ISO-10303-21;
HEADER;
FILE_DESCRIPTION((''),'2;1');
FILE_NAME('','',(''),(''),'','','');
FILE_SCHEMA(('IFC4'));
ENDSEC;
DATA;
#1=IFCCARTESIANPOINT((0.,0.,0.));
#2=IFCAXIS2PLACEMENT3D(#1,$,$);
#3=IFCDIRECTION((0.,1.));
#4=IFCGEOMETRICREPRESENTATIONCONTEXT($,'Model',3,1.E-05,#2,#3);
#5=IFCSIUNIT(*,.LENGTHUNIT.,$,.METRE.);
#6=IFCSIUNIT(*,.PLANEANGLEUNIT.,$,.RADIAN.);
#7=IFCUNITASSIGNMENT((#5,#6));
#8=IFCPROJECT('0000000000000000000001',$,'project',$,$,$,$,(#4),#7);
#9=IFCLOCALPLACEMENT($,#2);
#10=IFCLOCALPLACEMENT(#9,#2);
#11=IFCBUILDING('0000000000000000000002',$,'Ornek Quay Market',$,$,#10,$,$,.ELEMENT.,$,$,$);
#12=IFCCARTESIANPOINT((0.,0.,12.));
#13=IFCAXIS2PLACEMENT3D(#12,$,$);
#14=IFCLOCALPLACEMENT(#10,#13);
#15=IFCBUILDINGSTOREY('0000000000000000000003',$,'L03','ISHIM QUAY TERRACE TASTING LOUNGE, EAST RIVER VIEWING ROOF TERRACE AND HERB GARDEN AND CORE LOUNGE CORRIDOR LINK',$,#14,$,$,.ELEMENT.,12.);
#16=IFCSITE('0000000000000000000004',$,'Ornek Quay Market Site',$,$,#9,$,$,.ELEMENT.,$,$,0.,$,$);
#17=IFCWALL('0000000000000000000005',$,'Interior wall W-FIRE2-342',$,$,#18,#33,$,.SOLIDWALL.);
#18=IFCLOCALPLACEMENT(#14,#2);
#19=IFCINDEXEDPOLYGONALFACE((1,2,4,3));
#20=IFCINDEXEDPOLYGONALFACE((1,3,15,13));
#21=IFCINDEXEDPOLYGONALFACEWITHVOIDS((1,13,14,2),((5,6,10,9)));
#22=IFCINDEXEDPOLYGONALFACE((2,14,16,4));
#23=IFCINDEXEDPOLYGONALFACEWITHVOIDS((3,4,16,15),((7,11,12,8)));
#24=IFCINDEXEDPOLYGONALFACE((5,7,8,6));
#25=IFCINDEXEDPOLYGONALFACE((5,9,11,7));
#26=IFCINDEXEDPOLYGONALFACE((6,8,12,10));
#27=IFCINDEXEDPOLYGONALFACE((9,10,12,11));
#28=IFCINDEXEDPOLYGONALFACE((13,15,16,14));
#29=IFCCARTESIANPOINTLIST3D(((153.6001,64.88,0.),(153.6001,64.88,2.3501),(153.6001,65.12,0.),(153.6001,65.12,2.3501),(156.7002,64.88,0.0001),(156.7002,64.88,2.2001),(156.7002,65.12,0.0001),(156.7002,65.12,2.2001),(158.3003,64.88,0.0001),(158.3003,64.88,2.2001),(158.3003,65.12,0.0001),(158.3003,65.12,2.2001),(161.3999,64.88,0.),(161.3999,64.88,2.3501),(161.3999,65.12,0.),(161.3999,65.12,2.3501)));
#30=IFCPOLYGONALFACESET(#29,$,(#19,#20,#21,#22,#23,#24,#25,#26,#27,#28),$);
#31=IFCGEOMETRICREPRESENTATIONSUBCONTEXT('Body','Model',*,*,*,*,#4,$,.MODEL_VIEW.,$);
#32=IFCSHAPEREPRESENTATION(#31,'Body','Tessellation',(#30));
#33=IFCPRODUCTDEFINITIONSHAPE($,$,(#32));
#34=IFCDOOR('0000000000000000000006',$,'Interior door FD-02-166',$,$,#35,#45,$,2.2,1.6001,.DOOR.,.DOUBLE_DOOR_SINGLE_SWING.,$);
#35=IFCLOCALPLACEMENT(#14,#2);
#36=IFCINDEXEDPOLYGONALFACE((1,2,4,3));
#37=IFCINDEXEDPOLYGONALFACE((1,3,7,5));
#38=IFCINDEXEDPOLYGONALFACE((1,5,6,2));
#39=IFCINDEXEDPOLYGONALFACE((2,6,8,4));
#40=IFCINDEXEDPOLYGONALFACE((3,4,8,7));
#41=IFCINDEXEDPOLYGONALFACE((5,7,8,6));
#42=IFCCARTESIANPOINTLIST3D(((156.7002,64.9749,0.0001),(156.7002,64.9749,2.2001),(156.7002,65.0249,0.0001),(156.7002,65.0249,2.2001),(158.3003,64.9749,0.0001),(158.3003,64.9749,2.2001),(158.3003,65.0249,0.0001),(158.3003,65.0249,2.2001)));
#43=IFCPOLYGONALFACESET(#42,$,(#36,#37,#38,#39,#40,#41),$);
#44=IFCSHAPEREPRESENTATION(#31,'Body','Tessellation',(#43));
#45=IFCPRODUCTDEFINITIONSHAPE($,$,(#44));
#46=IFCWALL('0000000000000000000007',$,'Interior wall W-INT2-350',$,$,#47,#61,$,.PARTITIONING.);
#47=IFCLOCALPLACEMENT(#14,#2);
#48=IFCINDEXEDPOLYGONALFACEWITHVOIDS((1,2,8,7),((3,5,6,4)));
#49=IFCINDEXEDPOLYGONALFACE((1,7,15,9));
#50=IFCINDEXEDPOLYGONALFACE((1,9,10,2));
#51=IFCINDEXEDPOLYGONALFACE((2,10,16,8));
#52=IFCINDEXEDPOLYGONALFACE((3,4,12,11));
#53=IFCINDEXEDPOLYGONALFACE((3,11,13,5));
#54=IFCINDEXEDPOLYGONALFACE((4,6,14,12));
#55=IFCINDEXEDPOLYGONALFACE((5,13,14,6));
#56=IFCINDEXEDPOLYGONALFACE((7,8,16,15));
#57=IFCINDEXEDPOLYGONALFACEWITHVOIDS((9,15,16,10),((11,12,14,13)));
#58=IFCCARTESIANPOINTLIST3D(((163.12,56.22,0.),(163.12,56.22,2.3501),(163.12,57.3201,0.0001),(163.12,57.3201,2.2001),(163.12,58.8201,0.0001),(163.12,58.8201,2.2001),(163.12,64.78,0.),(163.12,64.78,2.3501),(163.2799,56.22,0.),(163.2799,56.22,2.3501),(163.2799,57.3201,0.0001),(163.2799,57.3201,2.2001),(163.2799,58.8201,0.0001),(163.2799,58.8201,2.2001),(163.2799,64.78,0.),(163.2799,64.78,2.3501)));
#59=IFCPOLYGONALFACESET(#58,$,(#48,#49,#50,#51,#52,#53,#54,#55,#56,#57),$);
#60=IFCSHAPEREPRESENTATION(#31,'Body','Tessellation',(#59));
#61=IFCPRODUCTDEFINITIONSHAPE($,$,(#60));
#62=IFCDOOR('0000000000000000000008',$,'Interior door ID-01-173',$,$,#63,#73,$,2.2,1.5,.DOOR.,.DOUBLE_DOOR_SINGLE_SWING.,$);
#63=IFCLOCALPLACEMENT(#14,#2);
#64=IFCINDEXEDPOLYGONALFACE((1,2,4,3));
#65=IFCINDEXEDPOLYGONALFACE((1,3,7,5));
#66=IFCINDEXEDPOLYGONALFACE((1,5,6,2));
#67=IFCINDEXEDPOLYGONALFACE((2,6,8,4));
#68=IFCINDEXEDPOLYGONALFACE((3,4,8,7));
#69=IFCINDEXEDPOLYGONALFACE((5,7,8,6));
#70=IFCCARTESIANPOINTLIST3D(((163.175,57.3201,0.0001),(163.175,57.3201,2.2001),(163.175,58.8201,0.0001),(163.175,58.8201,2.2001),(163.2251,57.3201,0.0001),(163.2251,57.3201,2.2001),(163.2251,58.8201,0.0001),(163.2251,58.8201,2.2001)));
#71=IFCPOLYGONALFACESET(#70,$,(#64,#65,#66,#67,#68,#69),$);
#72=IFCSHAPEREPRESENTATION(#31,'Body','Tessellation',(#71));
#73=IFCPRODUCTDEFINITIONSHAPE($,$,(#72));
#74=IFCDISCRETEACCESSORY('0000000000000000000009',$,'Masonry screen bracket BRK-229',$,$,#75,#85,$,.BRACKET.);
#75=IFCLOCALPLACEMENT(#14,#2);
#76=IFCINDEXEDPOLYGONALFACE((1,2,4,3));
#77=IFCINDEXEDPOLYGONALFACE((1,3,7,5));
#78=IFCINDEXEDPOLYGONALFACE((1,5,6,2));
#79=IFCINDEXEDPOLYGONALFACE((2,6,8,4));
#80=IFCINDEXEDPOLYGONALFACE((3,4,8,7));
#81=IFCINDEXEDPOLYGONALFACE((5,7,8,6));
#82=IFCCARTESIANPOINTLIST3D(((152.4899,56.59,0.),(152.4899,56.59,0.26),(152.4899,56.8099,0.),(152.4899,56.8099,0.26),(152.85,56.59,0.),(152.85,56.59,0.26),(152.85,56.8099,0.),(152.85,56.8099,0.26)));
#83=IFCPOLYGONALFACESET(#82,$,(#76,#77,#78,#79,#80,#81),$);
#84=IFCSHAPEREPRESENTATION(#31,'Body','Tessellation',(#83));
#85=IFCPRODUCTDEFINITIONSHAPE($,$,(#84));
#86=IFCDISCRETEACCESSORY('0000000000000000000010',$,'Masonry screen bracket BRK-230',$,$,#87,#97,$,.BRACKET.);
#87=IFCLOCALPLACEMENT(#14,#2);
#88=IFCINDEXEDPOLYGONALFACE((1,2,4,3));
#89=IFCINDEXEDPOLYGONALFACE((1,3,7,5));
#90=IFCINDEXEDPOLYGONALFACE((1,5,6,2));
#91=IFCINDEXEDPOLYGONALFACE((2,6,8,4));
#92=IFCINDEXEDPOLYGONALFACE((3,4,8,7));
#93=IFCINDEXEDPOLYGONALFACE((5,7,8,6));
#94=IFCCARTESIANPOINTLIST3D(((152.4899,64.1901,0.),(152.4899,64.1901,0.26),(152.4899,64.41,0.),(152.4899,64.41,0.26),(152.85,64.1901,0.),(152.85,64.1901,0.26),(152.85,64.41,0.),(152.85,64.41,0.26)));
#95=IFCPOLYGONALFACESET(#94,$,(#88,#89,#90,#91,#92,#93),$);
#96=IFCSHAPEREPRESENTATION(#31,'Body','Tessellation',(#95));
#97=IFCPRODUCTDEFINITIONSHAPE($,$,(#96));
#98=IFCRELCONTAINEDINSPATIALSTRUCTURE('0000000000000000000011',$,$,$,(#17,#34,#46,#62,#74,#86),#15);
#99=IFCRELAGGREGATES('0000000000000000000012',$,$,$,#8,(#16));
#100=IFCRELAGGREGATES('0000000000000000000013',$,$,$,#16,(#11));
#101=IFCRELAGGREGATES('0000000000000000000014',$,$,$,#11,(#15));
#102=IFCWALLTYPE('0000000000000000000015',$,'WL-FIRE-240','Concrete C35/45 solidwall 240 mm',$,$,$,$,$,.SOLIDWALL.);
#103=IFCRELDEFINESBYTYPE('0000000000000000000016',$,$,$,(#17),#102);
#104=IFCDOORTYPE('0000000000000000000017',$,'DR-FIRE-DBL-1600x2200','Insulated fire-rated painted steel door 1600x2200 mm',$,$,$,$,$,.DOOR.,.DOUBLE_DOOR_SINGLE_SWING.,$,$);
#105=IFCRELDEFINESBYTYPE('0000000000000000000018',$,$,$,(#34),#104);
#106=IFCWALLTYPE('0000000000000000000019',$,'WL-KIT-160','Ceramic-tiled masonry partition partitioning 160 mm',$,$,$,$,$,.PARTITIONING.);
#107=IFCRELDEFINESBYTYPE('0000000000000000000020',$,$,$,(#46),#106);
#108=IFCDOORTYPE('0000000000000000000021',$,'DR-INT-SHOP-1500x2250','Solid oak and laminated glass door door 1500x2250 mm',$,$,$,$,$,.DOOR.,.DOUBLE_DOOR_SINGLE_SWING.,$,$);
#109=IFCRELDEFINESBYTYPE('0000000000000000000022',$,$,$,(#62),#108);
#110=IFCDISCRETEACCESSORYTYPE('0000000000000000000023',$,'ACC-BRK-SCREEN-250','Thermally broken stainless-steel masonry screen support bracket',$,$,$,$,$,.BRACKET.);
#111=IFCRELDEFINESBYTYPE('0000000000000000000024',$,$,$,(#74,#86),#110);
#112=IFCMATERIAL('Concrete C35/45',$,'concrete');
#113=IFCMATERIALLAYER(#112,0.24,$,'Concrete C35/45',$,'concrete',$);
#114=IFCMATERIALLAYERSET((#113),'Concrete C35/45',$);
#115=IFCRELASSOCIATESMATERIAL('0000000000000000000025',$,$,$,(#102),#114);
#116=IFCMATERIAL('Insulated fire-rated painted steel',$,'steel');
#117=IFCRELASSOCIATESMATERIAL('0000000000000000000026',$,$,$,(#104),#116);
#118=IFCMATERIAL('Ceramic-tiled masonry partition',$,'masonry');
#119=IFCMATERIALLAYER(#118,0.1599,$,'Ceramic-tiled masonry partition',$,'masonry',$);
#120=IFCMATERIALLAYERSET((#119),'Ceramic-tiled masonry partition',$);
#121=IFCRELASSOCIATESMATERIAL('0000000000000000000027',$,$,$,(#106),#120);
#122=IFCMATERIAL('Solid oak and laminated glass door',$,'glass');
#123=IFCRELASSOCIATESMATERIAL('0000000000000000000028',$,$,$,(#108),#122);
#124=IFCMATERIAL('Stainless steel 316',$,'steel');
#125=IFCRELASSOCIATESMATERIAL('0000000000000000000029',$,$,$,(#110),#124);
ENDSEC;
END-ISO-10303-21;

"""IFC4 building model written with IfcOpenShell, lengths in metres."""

from ifc_helpers import new_model, si_unit, direction, frame, frame_2d, origin, origin_2d, place, context, subcontext, project, spatial, rectangle, extrude, material, layer, layer_set, type_object, element, fill, save


model = new_model("IFC4")

# Units and contexts
model_context = context("Model", 3, precision=1e-05, world=origin(), true_north=direction((0.0, 1.0)))
body_context = subcontext(model_context, "Body", "Model", "MODEL_VIEW")
ifc_project = project(units=[si_unit("LENGTHUNIT", "METRE"), si_unit("PLANEANGLEUNIT", "RADIAN")], contexts=[model_context])

# Site, building, storey
site_placement = place(None, origin())
site = spatial("IfcSite", under=ifc_project, at=site_placement, Name="Ornek Quay Market Site", CompositionType="ELEMENT", RefElevation=0.0)
building_placement = place(site_placement, origin())
building = spatial("IfcBuilding", under=site, at=building_placement, Name="Ornek Quay Market", CompositionType="ELEMENT")
storey_placement = place(building_placement, frame((0.0, 0.0, 12.0)))
storey = spatial("IfcBuildingStorey", under=building, at=storey_placement, Name="L03", Description="ISHIM QUAY TERRACE TASTING LOUNGE, EAST RIVER VIEWING ROOF TERRACE AND HERB GARDEN AND CORE LOUNGE CORRIDOR LINK", CompositionType="ELEMENT", Elevation=12.0)

# Walls, openings, doors
ifc_material_1 = material(Name="Concrete C35/45", Category="concrete")
ifc_layer_1 = layer(ifc_material_1, 0.24, Name="Concrete C35/45", Category="concrete")
ifc_layer_set_1 = layer_set([ifc_layer_1], Name="Concrete C35/45")
wall_type_1 = type_object("IfcWallType", Name="WL-FIRE-240", Description="Concrete C35/45 solidwall 240 mm", PredefinedType="SOLIDWALL", material=ifc_layer_set_1)
wall_1_placement = place(storey_placement, frame((153.6001, 65.0, 0.0), z_axis=(0.0, 0.0, 1.0), x_axis=(1.0, 0.0, 0.0)))
wall_1 = element("IfcWall", 1, at=wall_1_placement, inside=storey, type_object=wall_type_1, Name="Interior wall W-FIRE2-342", PredefinedType="SOLIDWALL", context=body_context, shape_type="SweptSolid", body=[
    extrude(rectangle(XDim=7.7998, YDim=0.24, at=frame_2d((3.8999, 0.0))), origin(), (0.0, 0.0, 1.0), 2.3501),
])
opening_1_placement = place(wall_1_placement, frame((3.1001, 0.0, 0.0)))
opening_1 = element("IfcOpeningElement", 2, at=opening_1_placement, cuts=wall_1, PredefinedType="OPENING", context=body_context, shape_type="SweptSolid", body=[
    extrude(rectangle(XDim=1.6001, YDim=2.2, at=frame_2d((0.8, 1.1001))), frame((0.0, 0.1299, 0.0), z_axis=(0.0, -1.0, 0.0), x_axis=(1.0, 0.0, 0.0)), (0.0, 0.0, 1.0), 0.26),
])
ifc_material_2 = material(Name="Insulated fire-rated painted steel", Category="steel")
door_type_1 = type_object("IfcDoorType", Name="DR-FIRE-DBL-1600x2200", Description="Insulated fire-rated painted steel door 1600x2200 mm", OperationType="DOUBLE_DOOR_SINGLE_SWING", PredefinedType="DOOR", material=ifc_material_2)
door_1_placement = place(opening_1_placement, origin())
door_1 = element("IfcDoor", 3, at=door_1_placement, inside=storey, type_object=door_type_1, Name="Interior door FD-02-166", OperationType="DOUBLE_DOOR_SINGLE_SWING", OverallHeight=2.2, OverallWidth=1.6001, PredefinedType="DOOR", context=body_context, shape_type="SweptSolid", body=[
    extrude(rectangle(XDim=1.6001, YDim=2.2, at=frame_2d((0.8, 1.1001))), frame((0.0, 0.0249, 0.0), z_axis=(0.0, -1.0, 0.0), x_axis=(1.0, 0.0, 0.0)), (0.0, 0.0, 1.0), 0.05),
])
fill(opening_1, door_1)
ifc_material_3 = material(Name="Ceramic-tiled masonry partition", Category="masonry")
ifc_layer_2 = layer(ifc_material_3, 0.1599, Name="Ceramic-tiled masonry partition", Category="masonry")
ifc_layer_set_2 = layer_set([ifc_layer_2], Name="Ceramic-tiled masonry partition")
wall_type_2 = type_object("IfcWallType", Name="WL-KIT-160", Description="Ceramic-tiled masonry partition partitioning 160 mm", PredefinedType="PARTITIONING", material=ifc_layer_set_2)
wall_2_placement = place(storey_placement, frame((163.2, 56.22, 0.0), z_axis=(0.0, 0.0, 1.0), x_axis=(0.0, 1.0, 0.0)))
wall_2 = element("IfcWall", 4, at=wall_2_placement, inside=storey, type_object=wall_type_2, Name="Interior wall W-INT2-350", PredefinedType="PARTITIONING", context=body_context, shape_type="SweptSolid", body=[
    extrude(rectangle(XDim=8.5601, YDim=0.1599, at=frame_2d((4.28, 0.0))), origin(), (0.0, 0.0, 1.0), 2.3501),
])
opening_2_placement = place(wall_2_placement, frame((1.1001, 0.0, 0.0)))
opening_2 = element("IfcOpeningElement", 5, at=opening_2_placement, cuts=wall_2, PredefinedType="OPENING", context=body_context, shape_type="SweptSolid", body=[
    extrude(rectangle(XDim=1.5, YDim=2.2, at=frame_2d((0.75, 1.1001))), frame((0.0, 0.0898, 0.0), z_axis=(0.0, -1.0, 0.0), x_axis=(1.0, 0.0, 0.0)), (0.0, 0.0, 1.0), 0.1799),
])
ifc_material_4 = material(Name="Solid oak and laminated glass door", Category="glass")
door_type_2 = type_object("IfcDoorType", Name="DR-INT-SHOP-1500x2250", Description="Solid oak and laminated glass door door 1500x2250 mm", OperationType="DOUBLE_DOOR_SINGLE_SWING", PredefinedType="DOOR", material=ifc_material_4)
door_2_placement = place(opening_2_placement, origin())
door_2 = element("IfcDoor", 6, at=door_2_placement, inside=storey, type_object=door_type_2, Name="Interior door ID-01-173", OperationType="DOUBLE_DOOR_SINGLE_SWING", OverallHeight=2.2, OverallWidth=1.5, PredefinedType="DOOR", context=body_context, shape_type="SweptSolid", body=[
    extrude(rectangle(XDim=1.5, YDim=2.2, at=frame_2d((0.75, 1.1001))), frame((0.0, 0.0249, 0.0), z_axis=(0.0, -1.0, 0.0), x_axis=(1.0, 0.0, 0.0)), (0.0, 0.0, 1.0), 0.05),
])
fill(opening_2, door_2)

# Discrete accessories
ifc_material_5 = material(Name="Stainless steel 316", Category="steel")
discrete_accessory_type = type_object("IfcDiscreteAccessoryType", Name="ACC-BRK-SCREEN-250", Description="Thermally broken stainless-steel masonry screen support bracket", PredefinedType="BRACKET", material=ifc_material_5)
for number, where, z_axis, x_axis, name in (
    (7, (152.6699, 56.7, 0.0), (0.0, 0.0, 1.0), (0.0, 1.0, 0.0), "Masonry screen bracket BRK-229"),
    (8, (152.6699, 64.3, 0.0), (0.0, 0.0, 1.0), (0.0, 1.0, 0.0), "Masonry screen bracket BRK-230"),
):
    element("IfcDiscreteAccessory", number, at=place(storey_placement, frame(where, z_axis=z_axis, x_axis=x_axis)), inside=storey, type_object=discrete_accessory_type, Name=name, PredefinedType="BRACKET", context=body_context, shape_type="SweptSolid", body=[
        extrude(rectangle(XDim=0.22, YDim=0.3601, at=origin_2d()), origin(), (0.0, 0.0, 1.0), 0.26),
    ])

save(model, "model.ifc")
